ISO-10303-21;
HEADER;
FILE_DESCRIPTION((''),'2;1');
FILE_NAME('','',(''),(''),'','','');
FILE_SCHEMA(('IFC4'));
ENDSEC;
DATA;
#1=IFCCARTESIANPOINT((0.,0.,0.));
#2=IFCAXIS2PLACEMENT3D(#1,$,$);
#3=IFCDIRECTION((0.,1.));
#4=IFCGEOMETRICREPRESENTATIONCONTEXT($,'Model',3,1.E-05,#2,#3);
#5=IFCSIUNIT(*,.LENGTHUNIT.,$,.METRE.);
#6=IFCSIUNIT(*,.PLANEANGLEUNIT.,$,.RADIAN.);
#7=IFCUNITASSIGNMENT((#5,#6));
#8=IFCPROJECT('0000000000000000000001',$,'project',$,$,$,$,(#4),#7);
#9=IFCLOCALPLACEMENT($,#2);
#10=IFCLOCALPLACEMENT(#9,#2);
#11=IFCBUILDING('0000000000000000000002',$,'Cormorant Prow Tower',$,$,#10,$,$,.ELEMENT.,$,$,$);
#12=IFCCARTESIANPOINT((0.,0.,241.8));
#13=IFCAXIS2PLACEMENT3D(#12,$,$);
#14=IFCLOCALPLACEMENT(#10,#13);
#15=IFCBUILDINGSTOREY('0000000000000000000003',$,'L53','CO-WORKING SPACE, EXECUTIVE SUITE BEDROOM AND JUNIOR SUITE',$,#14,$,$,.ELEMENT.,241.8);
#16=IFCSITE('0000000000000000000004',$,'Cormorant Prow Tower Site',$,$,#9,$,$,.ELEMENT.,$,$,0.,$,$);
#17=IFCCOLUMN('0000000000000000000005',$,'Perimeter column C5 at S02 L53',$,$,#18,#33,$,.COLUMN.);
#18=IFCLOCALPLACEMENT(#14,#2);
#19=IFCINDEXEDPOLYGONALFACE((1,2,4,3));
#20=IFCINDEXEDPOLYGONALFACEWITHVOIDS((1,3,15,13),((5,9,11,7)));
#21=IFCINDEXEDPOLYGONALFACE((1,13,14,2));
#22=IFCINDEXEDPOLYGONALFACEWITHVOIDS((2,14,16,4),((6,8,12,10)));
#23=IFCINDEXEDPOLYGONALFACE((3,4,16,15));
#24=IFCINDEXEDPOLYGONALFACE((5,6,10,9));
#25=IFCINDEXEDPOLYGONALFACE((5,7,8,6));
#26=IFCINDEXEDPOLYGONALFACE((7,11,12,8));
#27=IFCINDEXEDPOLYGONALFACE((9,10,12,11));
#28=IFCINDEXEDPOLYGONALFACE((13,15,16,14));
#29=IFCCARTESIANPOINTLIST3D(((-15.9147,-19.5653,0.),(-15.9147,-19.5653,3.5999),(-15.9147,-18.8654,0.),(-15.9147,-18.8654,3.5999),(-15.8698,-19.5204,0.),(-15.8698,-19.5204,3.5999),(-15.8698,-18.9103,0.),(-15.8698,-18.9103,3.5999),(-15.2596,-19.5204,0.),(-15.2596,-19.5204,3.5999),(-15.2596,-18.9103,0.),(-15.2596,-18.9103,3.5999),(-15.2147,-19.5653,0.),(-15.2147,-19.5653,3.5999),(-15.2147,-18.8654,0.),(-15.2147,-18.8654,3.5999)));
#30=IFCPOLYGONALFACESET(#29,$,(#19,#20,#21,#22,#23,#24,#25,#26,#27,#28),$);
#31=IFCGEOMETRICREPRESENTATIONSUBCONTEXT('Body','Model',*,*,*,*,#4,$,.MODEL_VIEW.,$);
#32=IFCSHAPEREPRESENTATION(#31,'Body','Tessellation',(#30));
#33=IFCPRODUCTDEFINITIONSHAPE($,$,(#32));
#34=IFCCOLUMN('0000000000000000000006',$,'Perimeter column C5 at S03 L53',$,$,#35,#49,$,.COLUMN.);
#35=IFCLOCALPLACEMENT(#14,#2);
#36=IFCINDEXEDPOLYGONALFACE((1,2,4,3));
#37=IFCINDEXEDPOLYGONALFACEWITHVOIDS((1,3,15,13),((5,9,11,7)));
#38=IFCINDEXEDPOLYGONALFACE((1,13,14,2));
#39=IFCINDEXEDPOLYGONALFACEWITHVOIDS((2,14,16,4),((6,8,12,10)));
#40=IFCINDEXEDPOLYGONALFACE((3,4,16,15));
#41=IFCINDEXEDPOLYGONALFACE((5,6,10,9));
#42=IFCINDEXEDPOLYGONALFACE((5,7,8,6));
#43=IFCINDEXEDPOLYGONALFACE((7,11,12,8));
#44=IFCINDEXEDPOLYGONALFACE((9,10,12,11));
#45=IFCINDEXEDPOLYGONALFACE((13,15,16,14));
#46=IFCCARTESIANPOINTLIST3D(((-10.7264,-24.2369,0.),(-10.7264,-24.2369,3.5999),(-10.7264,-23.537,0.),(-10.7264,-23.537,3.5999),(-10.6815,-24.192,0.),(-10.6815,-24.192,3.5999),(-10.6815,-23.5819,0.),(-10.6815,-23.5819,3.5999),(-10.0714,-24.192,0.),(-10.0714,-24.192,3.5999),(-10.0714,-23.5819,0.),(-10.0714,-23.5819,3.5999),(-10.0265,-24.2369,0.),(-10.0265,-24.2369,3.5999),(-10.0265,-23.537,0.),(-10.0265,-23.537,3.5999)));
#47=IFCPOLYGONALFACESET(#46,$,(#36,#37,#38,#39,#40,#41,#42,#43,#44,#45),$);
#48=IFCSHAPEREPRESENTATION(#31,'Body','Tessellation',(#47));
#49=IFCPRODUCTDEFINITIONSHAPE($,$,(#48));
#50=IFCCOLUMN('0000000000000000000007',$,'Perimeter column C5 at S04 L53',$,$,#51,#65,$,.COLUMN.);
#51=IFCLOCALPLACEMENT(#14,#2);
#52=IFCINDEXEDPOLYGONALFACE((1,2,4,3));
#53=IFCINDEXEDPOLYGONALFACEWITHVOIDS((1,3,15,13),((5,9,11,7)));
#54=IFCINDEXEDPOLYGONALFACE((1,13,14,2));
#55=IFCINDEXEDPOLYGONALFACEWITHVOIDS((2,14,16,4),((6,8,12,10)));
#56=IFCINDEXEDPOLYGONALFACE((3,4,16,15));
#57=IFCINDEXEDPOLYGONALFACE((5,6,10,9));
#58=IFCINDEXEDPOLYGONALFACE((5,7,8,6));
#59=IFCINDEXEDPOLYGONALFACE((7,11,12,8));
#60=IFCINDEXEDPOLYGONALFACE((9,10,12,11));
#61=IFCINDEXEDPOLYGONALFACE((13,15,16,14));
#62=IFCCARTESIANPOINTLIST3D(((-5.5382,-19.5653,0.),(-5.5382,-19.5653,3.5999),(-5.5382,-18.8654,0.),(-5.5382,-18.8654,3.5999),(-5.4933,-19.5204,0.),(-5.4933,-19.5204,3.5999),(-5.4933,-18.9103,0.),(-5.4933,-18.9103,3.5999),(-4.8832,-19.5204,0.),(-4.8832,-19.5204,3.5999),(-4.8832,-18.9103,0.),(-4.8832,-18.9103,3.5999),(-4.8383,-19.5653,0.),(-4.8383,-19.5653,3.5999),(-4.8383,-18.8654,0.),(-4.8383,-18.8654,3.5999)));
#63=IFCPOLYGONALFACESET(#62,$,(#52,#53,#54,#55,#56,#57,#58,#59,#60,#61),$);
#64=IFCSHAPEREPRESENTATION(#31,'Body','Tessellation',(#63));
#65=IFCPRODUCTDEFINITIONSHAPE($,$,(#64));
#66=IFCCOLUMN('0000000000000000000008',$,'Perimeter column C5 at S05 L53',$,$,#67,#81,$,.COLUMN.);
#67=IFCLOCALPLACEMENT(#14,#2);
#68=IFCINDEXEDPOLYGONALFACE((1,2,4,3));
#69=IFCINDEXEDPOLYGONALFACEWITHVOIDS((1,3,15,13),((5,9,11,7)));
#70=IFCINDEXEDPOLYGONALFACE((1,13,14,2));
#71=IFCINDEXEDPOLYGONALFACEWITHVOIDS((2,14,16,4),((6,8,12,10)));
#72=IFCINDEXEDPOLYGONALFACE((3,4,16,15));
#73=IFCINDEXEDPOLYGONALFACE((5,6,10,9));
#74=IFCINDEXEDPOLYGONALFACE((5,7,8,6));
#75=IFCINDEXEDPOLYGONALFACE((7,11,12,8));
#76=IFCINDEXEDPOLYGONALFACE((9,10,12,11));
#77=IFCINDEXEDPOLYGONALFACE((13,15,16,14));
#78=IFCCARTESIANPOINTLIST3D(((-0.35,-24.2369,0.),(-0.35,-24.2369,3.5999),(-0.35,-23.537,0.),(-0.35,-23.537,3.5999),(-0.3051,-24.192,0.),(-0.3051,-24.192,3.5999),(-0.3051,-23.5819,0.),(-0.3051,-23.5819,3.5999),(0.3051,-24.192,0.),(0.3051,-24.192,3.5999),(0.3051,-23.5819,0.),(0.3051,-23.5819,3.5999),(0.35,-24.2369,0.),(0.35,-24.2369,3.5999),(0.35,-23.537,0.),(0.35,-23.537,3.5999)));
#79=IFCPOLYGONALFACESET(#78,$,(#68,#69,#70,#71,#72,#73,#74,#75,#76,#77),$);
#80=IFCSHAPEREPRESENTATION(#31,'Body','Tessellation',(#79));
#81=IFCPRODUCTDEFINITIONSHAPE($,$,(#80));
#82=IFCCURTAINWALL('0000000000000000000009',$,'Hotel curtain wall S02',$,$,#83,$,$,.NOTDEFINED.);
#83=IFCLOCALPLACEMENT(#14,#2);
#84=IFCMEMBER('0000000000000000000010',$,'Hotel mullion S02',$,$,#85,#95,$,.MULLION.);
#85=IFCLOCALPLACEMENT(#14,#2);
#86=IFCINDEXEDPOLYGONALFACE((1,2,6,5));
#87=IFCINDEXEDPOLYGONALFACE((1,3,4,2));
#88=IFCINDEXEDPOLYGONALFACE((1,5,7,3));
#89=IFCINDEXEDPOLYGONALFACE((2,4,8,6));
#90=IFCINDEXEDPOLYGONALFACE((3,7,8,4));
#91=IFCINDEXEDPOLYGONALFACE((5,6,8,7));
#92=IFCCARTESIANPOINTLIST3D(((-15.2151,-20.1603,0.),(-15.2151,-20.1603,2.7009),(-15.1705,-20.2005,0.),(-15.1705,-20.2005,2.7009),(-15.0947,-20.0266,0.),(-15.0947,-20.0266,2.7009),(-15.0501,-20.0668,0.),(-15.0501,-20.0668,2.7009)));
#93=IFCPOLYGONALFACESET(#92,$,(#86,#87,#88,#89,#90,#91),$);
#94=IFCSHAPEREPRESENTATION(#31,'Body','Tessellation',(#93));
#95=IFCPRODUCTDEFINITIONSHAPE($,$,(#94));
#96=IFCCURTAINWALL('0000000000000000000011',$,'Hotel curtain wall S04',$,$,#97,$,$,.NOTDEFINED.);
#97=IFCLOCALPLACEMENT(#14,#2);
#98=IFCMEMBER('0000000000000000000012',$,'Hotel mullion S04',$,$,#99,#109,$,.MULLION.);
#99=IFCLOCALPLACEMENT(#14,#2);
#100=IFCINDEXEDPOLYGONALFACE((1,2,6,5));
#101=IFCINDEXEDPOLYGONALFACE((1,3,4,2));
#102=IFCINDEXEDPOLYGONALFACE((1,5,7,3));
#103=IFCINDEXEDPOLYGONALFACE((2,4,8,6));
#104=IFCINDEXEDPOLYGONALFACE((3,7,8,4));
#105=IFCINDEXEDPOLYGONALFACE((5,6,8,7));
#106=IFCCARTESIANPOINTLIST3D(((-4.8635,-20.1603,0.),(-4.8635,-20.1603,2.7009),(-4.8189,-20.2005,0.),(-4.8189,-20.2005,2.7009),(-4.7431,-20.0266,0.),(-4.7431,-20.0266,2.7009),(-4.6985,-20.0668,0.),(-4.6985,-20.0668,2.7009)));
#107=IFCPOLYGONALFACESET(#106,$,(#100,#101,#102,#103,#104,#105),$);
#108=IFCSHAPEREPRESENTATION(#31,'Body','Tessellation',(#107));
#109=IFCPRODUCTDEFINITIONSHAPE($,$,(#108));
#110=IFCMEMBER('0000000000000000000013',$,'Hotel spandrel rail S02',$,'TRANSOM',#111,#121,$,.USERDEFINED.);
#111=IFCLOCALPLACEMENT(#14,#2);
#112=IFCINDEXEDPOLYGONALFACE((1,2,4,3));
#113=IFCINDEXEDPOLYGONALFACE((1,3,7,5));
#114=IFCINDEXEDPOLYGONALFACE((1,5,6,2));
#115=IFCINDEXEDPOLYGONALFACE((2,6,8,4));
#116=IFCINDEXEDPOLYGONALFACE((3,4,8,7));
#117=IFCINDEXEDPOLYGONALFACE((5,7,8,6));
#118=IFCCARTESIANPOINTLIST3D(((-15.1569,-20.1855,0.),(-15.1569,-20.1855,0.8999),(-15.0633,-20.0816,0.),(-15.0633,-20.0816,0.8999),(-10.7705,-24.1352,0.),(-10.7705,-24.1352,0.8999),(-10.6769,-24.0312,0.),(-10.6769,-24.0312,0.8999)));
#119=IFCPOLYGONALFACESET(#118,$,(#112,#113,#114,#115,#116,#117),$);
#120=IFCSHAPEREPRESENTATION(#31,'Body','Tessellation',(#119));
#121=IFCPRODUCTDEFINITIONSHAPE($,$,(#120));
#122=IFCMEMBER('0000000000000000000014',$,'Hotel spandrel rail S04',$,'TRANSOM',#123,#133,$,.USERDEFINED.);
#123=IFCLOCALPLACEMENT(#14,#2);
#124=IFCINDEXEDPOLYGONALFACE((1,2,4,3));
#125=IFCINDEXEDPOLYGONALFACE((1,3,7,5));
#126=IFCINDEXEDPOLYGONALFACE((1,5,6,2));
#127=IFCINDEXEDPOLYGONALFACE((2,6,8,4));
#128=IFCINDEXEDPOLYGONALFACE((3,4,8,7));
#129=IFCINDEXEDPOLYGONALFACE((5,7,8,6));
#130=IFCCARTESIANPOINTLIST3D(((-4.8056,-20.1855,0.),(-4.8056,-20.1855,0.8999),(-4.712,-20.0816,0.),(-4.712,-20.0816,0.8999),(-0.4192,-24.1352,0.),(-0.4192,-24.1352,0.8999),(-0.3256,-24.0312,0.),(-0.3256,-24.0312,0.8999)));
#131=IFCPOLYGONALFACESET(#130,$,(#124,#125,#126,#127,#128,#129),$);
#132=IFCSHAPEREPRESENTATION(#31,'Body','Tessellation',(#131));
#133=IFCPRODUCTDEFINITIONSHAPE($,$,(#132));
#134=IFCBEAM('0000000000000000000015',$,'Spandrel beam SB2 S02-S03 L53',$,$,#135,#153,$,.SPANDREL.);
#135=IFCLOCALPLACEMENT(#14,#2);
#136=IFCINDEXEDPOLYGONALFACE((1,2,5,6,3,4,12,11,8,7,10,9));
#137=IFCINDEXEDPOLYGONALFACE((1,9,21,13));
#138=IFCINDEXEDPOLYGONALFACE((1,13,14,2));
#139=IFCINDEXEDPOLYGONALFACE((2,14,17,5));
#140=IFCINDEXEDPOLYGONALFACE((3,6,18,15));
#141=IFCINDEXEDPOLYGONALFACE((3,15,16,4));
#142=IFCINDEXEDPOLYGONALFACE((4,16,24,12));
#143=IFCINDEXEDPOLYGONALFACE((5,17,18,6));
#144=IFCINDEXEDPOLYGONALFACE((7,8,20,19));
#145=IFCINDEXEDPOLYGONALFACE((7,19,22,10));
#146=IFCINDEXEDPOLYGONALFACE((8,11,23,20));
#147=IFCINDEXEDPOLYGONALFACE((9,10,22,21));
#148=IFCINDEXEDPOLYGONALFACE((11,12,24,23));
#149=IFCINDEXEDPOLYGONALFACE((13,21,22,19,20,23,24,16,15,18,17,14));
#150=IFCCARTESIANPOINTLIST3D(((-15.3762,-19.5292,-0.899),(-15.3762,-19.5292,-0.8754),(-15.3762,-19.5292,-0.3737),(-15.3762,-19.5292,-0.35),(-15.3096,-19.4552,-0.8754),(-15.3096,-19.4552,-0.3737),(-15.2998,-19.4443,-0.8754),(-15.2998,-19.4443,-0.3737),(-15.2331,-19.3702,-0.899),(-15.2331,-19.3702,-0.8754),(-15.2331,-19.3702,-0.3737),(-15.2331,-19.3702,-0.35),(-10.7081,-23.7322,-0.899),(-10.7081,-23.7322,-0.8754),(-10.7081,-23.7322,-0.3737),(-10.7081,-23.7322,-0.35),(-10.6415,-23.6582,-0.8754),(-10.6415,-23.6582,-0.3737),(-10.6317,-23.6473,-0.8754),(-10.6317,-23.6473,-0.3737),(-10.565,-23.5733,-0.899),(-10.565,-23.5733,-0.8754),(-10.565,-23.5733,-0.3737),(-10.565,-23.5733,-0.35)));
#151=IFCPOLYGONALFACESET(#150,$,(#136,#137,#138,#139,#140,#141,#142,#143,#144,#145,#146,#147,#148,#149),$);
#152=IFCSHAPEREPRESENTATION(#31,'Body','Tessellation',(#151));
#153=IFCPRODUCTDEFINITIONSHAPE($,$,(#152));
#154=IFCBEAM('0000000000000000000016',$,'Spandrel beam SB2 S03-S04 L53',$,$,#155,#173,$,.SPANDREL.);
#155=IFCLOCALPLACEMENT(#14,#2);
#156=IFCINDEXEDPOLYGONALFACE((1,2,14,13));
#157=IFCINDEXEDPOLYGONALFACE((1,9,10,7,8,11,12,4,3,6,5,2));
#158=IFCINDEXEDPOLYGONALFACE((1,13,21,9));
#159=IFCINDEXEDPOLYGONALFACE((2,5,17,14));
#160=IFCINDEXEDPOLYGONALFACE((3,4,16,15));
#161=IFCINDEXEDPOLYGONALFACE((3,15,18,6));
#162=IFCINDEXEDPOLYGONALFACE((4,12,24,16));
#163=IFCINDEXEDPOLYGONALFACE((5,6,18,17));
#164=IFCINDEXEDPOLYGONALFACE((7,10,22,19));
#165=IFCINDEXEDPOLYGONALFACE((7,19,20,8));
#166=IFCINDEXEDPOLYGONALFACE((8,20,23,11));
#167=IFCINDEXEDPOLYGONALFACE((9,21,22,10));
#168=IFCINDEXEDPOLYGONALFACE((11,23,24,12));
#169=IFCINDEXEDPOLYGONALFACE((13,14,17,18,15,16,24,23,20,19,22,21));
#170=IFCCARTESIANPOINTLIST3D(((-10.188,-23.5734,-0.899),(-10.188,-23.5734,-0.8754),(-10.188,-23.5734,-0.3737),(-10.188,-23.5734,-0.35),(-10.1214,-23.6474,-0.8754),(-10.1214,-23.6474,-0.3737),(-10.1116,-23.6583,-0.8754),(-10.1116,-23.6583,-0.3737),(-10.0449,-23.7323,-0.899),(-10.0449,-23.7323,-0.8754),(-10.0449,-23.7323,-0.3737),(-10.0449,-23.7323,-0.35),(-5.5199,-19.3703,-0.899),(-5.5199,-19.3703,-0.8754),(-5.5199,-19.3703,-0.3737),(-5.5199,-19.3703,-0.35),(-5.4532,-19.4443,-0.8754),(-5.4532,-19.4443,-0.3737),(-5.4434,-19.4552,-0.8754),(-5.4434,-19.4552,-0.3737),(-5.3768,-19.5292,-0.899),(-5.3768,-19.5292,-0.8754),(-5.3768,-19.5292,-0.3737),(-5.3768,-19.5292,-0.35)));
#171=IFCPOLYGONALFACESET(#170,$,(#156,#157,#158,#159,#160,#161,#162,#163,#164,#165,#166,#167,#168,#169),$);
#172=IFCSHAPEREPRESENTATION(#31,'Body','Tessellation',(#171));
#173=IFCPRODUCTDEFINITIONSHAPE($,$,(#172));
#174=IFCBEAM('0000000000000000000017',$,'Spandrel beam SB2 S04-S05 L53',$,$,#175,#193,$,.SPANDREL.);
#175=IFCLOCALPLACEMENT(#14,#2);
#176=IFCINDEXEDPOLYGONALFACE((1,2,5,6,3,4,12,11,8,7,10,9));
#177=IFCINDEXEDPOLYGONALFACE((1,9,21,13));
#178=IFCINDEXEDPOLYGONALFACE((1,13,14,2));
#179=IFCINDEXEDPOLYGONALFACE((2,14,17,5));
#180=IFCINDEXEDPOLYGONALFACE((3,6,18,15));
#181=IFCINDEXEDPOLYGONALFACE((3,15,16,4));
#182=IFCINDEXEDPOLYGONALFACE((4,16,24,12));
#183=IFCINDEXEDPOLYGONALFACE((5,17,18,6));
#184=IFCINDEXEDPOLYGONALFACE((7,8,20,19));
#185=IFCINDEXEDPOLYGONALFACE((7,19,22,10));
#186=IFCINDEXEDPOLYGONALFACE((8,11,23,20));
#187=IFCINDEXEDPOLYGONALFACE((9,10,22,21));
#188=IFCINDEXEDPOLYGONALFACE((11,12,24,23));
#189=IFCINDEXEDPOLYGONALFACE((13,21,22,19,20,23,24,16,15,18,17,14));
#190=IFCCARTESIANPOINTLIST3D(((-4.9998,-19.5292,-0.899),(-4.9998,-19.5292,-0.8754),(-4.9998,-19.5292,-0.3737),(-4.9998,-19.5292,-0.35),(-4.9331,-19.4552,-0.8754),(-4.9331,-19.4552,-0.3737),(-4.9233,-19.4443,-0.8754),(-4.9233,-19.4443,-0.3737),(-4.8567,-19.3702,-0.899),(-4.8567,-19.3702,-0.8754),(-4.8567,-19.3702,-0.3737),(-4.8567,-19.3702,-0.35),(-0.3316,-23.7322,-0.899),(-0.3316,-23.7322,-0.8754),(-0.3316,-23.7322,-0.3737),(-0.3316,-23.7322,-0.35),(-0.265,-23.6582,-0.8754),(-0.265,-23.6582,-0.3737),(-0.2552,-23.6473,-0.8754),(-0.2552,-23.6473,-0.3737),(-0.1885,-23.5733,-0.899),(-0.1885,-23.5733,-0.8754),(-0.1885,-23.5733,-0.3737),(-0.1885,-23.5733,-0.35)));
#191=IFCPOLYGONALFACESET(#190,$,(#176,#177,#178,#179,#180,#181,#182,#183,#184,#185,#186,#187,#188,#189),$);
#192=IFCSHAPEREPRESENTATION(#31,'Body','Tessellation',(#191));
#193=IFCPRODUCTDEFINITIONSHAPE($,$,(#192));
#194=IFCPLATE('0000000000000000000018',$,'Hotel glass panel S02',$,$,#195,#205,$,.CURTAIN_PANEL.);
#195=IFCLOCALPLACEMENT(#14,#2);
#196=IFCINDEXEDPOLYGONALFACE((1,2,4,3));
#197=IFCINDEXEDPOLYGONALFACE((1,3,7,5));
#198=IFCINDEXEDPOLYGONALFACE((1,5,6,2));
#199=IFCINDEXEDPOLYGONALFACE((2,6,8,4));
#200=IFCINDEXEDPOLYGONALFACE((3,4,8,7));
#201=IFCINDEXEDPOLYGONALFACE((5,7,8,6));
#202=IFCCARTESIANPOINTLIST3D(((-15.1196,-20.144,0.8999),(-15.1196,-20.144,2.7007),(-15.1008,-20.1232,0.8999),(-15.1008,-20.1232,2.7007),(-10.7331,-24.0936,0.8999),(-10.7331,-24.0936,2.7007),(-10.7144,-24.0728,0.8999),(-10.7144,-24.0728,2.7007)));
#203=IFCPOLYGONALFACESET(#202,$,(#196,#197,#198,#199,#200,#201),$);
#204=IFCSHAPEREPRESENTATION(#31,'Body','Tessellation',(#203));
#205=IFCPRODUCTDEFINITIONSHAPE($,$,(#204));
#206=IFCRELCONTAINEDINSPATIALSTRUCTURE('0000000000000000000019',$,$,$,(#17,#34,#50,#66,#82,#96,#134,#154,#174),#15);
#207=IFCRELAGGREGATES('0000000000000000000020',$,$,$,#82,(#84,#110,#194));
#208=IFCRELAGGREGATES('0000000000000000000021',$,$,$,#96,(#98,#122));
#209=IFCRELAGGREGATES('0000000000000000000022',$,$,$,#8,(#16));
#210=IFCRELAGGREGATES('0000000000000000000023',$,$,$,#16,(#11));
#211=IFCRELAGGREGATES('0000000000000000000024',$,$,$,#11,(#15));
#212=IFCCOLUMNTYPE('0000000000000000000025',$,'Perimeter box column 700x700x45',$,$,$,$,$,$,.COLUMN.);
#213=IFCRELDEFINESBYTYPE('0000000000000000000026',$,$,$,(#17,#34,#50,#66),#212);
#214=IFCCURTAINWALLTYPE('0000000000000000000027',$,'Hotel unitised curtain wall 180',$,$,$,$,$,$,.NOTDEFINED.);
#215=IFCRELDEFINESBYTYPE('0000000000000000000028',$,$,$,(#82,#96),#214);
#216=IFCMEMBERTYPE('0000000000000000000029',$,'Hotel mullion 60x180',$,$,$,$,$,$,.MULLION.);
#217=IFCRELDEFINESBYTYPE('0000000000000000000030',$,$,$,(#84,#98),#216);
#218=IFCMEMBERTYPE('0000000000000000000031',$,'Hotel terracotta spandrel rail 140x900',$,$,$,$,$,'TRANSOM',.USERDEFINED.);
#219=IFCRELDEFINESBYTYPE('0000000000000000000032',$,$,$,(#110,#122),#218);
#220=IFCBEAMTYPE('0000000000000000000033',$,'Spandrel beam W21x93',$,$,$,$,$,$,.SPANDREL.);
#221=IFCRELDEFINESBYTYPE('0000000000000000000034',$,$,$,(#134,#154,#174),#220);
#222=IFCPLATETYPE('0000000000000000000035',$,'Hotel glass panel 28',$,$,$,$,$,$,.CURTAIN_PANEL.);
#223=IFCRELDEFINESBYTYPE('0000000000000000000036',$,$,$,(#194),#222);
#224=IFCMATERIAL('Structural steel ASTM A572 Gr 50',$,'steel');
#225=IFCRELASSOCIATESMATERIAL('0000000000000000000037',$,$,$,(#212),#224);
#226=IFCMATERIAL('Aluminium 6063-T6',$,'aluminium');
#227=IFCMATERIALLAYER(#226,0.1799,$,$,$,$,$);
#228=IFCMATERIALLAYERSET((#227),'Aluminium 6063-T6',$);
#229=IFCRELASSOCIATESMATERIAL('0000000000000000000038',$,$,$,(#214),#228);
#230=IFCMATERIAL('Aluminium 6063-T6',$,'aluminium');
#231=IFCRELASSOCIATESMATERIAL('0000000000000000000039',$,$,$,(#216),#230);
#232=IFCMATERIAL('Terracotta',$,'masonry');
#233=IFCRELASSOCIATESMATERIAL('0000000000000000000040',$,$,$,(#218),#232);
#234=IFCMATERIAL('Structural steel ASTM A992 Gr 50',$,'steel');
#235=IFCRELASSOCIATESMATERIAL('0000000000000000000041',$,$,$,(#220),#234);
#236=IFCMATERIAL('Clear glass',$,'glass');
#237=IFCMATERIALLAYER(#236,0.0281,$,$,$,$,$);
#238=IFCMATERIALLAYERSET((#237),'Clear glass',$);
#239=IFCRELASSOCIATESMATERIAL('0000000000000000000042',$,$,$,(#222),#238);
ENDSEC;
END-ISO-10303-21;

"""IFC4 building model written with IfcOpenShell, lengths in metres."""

from ifc_helpers import new_model, si_unit, direction, frame, origin, origin_2d, place, context, subcontext, project, spatial, rectangle, hollow_rectangle, i_section, extrude, material, layer, layer_set, material_profile, profile_set, type_object, element, aggregate, save


model = new_model("IFC4")

# Units and contexts
model_context = context("Model", 3, precision=1e-05, world=origin(), true_north=direction((0.0, 1.0)))
body_context = subcontext(model_context, "Body", "Model", "MODEL_VIEW")
ifc_project = project(units=[si_unit("LENGTHUNIT", "METRE"), si_unit("PLANEANGLEUNIT", "RADIAN")], contexts=[model_context])

# Site, building, storey
site_placement = place(None, origin())
site = spatial("IfcSite", under=ifc_project, at=site_placement, Name="Cormorant Prow Tower Site", CompositionType="ELEMENT", RefElevation=0.0)
building_placement = place(site_placement, origin())
building = spatial("IfcBuilding", under=site, at=building_placement, Name="Cormorant Prow Tower", CompositionType="ELEMENT")
storey_placement = place(building_placement, frame((0.0, 0.0, 241.8)))
storey = spatial("IfcBuildingStorey", under=building, at=storey_placement, Name="L53", Description="CO-WORKING SPACE, EXECUTIVE SUITE BEDROOM AND JUNIOR SUITE", CompositionType="ELEMENT", Elevation=241.8)

# Columns
ifc_material_1 = material(Name="Structural steel ASTM A572 Gr 50", Category="steel")
ifc_material_profile_1 = material_profile(ifc_material_1, hollow_rectangle(XDim=0.7, YDim=0.7, WallThickness=0.0449, at=origin_2d()), Name="Box 700x700x45")
ifc_profile_set_1 = profile_set([ifc_material_profile_1], Name="Structural steel ASTM A572 Gr 50")
column_type = type_object("IfcColumnType", Name="Perimeter box column 700x700x45", PredefinedType="COLUMN", material=ifc_profile_set_1)
for number, where, z_axis, x_axis, name in (
    (1, (-15.5647, -19.2153, 0.0), (0.0, 0.0, 1.0), (1.0, 0.0, 0.0), "Perimeter column C5 at S02 L53"),
    (2, (-10.3765, -23.887, 0.0), (0.0, 0.0, 1.0), (1.0, 0.0, 0.0), "Perimeter column C5 at S03 L53"),
    (3, (-5.1882, -19.2153, 0.0), (0.0, 0.0, 1.0), (1.0, 0.0, 0.0), "Perimeter column C5 at S04 L53"),
    (4, (0.0, -23.887, 0.0), (0.0, 0.0, 1.0), (1.0, 0.0, 0.0), "Perimeter column C5 at S05 L53"),
):
    element("IfcColumn", number, at=place(storey_placement, frame(where, z_axis=z_axis, x_axis=x_axis)), inside=storey, type_object=column_type, Name=name, PredefinedType="COLUMN", context=body_context, shape_type="SweptSolid", body=[
        extrude(hollow_rectangle(XDim=0.7, YDim=0.7, WallThickness=0.0449, at=origin_2d()), origin(), (0.0, 0.0, 1.0), 3.5999),
    ])

# Curtain walls, members
ifc_material_2 = material(Name="Aluminium 6063-T6", Category="aluminium")
ifc_layer_1 = layer(ifc_material_2, 0.1799)
ifc_layer_set_1 = layer_set([ifc_layer_1], Name="Aluminium 6063-T6")
curtain_wall_type = type_object("IfcCurtainWallType", Name="Hotel unitised curtain wall 180", PredefinedType="NOTDEFINED", material=ifc_layer_set_1)
curtain_wall_1_placement = place(storey_placement, origin())
curtain_wall_1 = element("IfcCurtainWall", 5, at=curtain_wall_1_placement, inside=storey, type_object=curtain_wall_type, Name="Hotel curtain wall S02", PredefinedType="NOTDEFINED")
ifc_material_3 = material(Name="Aluminium 6063-T6", Category="aluminium")
ifc_material_profile_2 = material_profile(ifc_material_3, rectangle(XDim=0.1799, YDim=0.0601, at=origin_2d()), Name="Hotel mullion 60x180")
ifc_profile_set_2 = profile_set([ifc_material_profile_2], Name="Aluminium 6063-T6")
member_type_1 = type_object("IfcMemberType", Name="Hotel mullion 60x180", PredefinedType="MULLION", material=ifc_profile_set_2)
member_1_placement = place(storey_placement, frame((-15.1326, -20.1135, 0.0), z_axis=(0.0, 0.0, 1.0), x_axis=(0.669131, 0.743145, 0.0)))
member_1 = element("IfcMember", 6, at=member_1_placement, type_object=member_type_1, Name="Hotel mullion S02", PredefinedType="MULLION", context=body_context, shape_type="SweptSolid", body=[
    extrude(rectangle(XDim=0.1799, YDim=0.0601, at=origin_2d()), origin(), (0.0, 0.0, 1.0), 2.7009),
])
curtain_wall_2_placement = place(storey_placement, origin())
curtain_wall_2 = element("IfcCurtainWall", 7, at=curtain_wall_2_placement, inside=storey, type_object=curtain_wall_type, Name="Hotel curtain wall S04", PredefinedType="NOTDEFINED")
member_2_placement = place(storey_placement, frame((-4.781, -20.1135, 0.0), z_axis=(0.0, 0.0, 1.0), x_axis=(0.669131, 0.743145, 0.0)))
member_2 = element("IfcMember", 8, at=member_2_placement, type_object=member_type_1, Name="Hotel mullion S04", PredefinedType="MULLION", context=body_context, shape_type="SweptSolid", body=[
    extrude(rectangle(XDim=0.1799, YDim=0.0601, at=origin_2d()), origin(), (0.0, 0.0, 1.0), 2.7009),
])

# Members
ifc_material_4 = material(Name="Terracotta", Category="masonry")
ifc_material_profile_3 = material_profile(ifc_material_4, rectangle(XDim=0.1399, YDim=0.8999, at=origin_2d()), Name="Hotel terracotta spandrel rail 140x900")
ifc_profile_set_3 = profile_set([ifc_material_profile_3], Name="Terracotta")
member_type_2 = type_object("IfcMemberType", Name="Hotel terracotta spandrel rail 140x900", ElementType="TRANSOM", PredefinedType="USERDEFINED", material=ifc_profile_set_3)
member_3_placement = place(storey_placement, frame((-15.1101, -20.1335, 0.45), z_axis=(0.743136, -0.669141, 0.0), x_axis=(0.669141, 0.743136, 0.0)))
member_3 = element("IfcMember", 9, at=member_3_placement, type_object=member_type_2, Name="Hotel spandrel rail S02", ObjectType="TRANSOM", PredefinedType="USERDEFINED", context=body_context, shape_type="SweptSolid", body=[
    extrude(rectangle(XDim=0.1399, YDim=0.8999, at=origin_2d()), origin(), (0.0, 0.0, 1.0), 5.9026),
])
member_4_placement = place(storey_placement, frame((-4.7588, -20.1335, 0.45), z_axis=(0.743136, -0.669141, 0.0), x_axis=(0.669141, 0.743136, 0.0)))
member_4 = element("IfcMember", 10, at=member_4_placement, type_object=member_type_2, Name="Hotel spandrel rail S04", ObjectType="TRANSOM", PredefinedType="USERDEFINED", context=body_context, shape_type="SweptSolid", body=[
    extrude(rectangle(XDim=0.1399, YDim=0.8999, at=origin_2d()), origin(), (0.0, 0.0, 1.0), 5.9026),
])

# Beams
ifc_material_5 = material(Name="Structural steel ASTM A992 Gr 50", Category="steel")
ifc_material_profile_4 = material_profile(ifc_material_5, i_section(OverallWidth=0.2139, OverallDepth=0.5491, WebThickness=0.0146, FlangeThickness=0.0237, at=origin_2d()), Name="W21x93")
ifc_profile_set_4 = profile_set([ifc_material_profile_4], Name="Structural steel ASTM A992 Gr 50")
beam_type = type_object("IfcBeamType", Name="Spandrel beam W21x93", PredefinedType="SPANDREL", material=ifc_profile_set_4)
for number, where, z_axis, x_axis, name in (
    (11, (-15.3047, -19.4497, -0.6245), (0.743157, -0.669117, 0.0), (0.669117, 0.743157, 0.0), "Spandrel beam SB2 S02-S03 L53"),
    (12, (-10.1165, -23.6528, -0.6245), (0.743157, 0.669117, 0.0), (-0.669117, 0.743157, 0.0), "Spandrel beam SB2 S03-S04 L53"),
    (13, (-4.9282, -19.4497, -0.6245), (0.743157, -0.669117, 0.0), (0.669117, 0.743157, 0.0), "Spandrel beam SB2 S04-S05 L53"),
):
    element("IfcBeam", number, at=place(storey_placement, frame(where, z_axis=z_axis, x_axis=x_axis)), inside=storey, type_object=beam_type, Name=name, PredefinedType="SPANDREL", context=body_context, shape_type="SweptSolid", body=[
        extrude(i_section(OverallWidth=0.2139, OverallDepth=0.5491, WebThickness=0.0146, FlangeThickness=0.0237, at=origin_2d()), origin(), (0.0, 0.0, 1.0), 6.2815),
    ])

# Plate
ifc_material_6 = material(Name="Clear glass", Category="glass")
ifc_layer_2 = layer(ifc_material_6, 0.0281)
ifc_layer_set_2 = layer_set([ifc_layer_2], Name="Clear glass")
plate_type = type_object("IfcPlateType", Name="Hotel glass panel 28", PredefinedType="CURTAIN_PANEL", material=ifc_layer_set_2)
plate_1_placement = place(storey_placement, frame((-12.917, -22.1084, 0.8999), z_axis=(0.0, 0.0, 1.0), x_axis=(0.743145, -0.669131, 0.0)))
plate_1 = element("IfcPlate", 14, at=plate_1_placement, type_object=plate_type, Name="Hotel glass panel S02", PredefinedType="CURTAIN_PANEL", context=body_context, shape_type="SweptSolid", body=[
    extrude(rectangle(XDim=5.9026, YDim=0.0281, at=origin_2d()), origin(), (0.0, 0.0, 1.0), 1.8008),
])
aggregate(curtain_wall_1, [member_1, member_3, plate_1])
aggregate(curtain_wall_2, [member_2, member_4])

save(model, "model.ifc")
